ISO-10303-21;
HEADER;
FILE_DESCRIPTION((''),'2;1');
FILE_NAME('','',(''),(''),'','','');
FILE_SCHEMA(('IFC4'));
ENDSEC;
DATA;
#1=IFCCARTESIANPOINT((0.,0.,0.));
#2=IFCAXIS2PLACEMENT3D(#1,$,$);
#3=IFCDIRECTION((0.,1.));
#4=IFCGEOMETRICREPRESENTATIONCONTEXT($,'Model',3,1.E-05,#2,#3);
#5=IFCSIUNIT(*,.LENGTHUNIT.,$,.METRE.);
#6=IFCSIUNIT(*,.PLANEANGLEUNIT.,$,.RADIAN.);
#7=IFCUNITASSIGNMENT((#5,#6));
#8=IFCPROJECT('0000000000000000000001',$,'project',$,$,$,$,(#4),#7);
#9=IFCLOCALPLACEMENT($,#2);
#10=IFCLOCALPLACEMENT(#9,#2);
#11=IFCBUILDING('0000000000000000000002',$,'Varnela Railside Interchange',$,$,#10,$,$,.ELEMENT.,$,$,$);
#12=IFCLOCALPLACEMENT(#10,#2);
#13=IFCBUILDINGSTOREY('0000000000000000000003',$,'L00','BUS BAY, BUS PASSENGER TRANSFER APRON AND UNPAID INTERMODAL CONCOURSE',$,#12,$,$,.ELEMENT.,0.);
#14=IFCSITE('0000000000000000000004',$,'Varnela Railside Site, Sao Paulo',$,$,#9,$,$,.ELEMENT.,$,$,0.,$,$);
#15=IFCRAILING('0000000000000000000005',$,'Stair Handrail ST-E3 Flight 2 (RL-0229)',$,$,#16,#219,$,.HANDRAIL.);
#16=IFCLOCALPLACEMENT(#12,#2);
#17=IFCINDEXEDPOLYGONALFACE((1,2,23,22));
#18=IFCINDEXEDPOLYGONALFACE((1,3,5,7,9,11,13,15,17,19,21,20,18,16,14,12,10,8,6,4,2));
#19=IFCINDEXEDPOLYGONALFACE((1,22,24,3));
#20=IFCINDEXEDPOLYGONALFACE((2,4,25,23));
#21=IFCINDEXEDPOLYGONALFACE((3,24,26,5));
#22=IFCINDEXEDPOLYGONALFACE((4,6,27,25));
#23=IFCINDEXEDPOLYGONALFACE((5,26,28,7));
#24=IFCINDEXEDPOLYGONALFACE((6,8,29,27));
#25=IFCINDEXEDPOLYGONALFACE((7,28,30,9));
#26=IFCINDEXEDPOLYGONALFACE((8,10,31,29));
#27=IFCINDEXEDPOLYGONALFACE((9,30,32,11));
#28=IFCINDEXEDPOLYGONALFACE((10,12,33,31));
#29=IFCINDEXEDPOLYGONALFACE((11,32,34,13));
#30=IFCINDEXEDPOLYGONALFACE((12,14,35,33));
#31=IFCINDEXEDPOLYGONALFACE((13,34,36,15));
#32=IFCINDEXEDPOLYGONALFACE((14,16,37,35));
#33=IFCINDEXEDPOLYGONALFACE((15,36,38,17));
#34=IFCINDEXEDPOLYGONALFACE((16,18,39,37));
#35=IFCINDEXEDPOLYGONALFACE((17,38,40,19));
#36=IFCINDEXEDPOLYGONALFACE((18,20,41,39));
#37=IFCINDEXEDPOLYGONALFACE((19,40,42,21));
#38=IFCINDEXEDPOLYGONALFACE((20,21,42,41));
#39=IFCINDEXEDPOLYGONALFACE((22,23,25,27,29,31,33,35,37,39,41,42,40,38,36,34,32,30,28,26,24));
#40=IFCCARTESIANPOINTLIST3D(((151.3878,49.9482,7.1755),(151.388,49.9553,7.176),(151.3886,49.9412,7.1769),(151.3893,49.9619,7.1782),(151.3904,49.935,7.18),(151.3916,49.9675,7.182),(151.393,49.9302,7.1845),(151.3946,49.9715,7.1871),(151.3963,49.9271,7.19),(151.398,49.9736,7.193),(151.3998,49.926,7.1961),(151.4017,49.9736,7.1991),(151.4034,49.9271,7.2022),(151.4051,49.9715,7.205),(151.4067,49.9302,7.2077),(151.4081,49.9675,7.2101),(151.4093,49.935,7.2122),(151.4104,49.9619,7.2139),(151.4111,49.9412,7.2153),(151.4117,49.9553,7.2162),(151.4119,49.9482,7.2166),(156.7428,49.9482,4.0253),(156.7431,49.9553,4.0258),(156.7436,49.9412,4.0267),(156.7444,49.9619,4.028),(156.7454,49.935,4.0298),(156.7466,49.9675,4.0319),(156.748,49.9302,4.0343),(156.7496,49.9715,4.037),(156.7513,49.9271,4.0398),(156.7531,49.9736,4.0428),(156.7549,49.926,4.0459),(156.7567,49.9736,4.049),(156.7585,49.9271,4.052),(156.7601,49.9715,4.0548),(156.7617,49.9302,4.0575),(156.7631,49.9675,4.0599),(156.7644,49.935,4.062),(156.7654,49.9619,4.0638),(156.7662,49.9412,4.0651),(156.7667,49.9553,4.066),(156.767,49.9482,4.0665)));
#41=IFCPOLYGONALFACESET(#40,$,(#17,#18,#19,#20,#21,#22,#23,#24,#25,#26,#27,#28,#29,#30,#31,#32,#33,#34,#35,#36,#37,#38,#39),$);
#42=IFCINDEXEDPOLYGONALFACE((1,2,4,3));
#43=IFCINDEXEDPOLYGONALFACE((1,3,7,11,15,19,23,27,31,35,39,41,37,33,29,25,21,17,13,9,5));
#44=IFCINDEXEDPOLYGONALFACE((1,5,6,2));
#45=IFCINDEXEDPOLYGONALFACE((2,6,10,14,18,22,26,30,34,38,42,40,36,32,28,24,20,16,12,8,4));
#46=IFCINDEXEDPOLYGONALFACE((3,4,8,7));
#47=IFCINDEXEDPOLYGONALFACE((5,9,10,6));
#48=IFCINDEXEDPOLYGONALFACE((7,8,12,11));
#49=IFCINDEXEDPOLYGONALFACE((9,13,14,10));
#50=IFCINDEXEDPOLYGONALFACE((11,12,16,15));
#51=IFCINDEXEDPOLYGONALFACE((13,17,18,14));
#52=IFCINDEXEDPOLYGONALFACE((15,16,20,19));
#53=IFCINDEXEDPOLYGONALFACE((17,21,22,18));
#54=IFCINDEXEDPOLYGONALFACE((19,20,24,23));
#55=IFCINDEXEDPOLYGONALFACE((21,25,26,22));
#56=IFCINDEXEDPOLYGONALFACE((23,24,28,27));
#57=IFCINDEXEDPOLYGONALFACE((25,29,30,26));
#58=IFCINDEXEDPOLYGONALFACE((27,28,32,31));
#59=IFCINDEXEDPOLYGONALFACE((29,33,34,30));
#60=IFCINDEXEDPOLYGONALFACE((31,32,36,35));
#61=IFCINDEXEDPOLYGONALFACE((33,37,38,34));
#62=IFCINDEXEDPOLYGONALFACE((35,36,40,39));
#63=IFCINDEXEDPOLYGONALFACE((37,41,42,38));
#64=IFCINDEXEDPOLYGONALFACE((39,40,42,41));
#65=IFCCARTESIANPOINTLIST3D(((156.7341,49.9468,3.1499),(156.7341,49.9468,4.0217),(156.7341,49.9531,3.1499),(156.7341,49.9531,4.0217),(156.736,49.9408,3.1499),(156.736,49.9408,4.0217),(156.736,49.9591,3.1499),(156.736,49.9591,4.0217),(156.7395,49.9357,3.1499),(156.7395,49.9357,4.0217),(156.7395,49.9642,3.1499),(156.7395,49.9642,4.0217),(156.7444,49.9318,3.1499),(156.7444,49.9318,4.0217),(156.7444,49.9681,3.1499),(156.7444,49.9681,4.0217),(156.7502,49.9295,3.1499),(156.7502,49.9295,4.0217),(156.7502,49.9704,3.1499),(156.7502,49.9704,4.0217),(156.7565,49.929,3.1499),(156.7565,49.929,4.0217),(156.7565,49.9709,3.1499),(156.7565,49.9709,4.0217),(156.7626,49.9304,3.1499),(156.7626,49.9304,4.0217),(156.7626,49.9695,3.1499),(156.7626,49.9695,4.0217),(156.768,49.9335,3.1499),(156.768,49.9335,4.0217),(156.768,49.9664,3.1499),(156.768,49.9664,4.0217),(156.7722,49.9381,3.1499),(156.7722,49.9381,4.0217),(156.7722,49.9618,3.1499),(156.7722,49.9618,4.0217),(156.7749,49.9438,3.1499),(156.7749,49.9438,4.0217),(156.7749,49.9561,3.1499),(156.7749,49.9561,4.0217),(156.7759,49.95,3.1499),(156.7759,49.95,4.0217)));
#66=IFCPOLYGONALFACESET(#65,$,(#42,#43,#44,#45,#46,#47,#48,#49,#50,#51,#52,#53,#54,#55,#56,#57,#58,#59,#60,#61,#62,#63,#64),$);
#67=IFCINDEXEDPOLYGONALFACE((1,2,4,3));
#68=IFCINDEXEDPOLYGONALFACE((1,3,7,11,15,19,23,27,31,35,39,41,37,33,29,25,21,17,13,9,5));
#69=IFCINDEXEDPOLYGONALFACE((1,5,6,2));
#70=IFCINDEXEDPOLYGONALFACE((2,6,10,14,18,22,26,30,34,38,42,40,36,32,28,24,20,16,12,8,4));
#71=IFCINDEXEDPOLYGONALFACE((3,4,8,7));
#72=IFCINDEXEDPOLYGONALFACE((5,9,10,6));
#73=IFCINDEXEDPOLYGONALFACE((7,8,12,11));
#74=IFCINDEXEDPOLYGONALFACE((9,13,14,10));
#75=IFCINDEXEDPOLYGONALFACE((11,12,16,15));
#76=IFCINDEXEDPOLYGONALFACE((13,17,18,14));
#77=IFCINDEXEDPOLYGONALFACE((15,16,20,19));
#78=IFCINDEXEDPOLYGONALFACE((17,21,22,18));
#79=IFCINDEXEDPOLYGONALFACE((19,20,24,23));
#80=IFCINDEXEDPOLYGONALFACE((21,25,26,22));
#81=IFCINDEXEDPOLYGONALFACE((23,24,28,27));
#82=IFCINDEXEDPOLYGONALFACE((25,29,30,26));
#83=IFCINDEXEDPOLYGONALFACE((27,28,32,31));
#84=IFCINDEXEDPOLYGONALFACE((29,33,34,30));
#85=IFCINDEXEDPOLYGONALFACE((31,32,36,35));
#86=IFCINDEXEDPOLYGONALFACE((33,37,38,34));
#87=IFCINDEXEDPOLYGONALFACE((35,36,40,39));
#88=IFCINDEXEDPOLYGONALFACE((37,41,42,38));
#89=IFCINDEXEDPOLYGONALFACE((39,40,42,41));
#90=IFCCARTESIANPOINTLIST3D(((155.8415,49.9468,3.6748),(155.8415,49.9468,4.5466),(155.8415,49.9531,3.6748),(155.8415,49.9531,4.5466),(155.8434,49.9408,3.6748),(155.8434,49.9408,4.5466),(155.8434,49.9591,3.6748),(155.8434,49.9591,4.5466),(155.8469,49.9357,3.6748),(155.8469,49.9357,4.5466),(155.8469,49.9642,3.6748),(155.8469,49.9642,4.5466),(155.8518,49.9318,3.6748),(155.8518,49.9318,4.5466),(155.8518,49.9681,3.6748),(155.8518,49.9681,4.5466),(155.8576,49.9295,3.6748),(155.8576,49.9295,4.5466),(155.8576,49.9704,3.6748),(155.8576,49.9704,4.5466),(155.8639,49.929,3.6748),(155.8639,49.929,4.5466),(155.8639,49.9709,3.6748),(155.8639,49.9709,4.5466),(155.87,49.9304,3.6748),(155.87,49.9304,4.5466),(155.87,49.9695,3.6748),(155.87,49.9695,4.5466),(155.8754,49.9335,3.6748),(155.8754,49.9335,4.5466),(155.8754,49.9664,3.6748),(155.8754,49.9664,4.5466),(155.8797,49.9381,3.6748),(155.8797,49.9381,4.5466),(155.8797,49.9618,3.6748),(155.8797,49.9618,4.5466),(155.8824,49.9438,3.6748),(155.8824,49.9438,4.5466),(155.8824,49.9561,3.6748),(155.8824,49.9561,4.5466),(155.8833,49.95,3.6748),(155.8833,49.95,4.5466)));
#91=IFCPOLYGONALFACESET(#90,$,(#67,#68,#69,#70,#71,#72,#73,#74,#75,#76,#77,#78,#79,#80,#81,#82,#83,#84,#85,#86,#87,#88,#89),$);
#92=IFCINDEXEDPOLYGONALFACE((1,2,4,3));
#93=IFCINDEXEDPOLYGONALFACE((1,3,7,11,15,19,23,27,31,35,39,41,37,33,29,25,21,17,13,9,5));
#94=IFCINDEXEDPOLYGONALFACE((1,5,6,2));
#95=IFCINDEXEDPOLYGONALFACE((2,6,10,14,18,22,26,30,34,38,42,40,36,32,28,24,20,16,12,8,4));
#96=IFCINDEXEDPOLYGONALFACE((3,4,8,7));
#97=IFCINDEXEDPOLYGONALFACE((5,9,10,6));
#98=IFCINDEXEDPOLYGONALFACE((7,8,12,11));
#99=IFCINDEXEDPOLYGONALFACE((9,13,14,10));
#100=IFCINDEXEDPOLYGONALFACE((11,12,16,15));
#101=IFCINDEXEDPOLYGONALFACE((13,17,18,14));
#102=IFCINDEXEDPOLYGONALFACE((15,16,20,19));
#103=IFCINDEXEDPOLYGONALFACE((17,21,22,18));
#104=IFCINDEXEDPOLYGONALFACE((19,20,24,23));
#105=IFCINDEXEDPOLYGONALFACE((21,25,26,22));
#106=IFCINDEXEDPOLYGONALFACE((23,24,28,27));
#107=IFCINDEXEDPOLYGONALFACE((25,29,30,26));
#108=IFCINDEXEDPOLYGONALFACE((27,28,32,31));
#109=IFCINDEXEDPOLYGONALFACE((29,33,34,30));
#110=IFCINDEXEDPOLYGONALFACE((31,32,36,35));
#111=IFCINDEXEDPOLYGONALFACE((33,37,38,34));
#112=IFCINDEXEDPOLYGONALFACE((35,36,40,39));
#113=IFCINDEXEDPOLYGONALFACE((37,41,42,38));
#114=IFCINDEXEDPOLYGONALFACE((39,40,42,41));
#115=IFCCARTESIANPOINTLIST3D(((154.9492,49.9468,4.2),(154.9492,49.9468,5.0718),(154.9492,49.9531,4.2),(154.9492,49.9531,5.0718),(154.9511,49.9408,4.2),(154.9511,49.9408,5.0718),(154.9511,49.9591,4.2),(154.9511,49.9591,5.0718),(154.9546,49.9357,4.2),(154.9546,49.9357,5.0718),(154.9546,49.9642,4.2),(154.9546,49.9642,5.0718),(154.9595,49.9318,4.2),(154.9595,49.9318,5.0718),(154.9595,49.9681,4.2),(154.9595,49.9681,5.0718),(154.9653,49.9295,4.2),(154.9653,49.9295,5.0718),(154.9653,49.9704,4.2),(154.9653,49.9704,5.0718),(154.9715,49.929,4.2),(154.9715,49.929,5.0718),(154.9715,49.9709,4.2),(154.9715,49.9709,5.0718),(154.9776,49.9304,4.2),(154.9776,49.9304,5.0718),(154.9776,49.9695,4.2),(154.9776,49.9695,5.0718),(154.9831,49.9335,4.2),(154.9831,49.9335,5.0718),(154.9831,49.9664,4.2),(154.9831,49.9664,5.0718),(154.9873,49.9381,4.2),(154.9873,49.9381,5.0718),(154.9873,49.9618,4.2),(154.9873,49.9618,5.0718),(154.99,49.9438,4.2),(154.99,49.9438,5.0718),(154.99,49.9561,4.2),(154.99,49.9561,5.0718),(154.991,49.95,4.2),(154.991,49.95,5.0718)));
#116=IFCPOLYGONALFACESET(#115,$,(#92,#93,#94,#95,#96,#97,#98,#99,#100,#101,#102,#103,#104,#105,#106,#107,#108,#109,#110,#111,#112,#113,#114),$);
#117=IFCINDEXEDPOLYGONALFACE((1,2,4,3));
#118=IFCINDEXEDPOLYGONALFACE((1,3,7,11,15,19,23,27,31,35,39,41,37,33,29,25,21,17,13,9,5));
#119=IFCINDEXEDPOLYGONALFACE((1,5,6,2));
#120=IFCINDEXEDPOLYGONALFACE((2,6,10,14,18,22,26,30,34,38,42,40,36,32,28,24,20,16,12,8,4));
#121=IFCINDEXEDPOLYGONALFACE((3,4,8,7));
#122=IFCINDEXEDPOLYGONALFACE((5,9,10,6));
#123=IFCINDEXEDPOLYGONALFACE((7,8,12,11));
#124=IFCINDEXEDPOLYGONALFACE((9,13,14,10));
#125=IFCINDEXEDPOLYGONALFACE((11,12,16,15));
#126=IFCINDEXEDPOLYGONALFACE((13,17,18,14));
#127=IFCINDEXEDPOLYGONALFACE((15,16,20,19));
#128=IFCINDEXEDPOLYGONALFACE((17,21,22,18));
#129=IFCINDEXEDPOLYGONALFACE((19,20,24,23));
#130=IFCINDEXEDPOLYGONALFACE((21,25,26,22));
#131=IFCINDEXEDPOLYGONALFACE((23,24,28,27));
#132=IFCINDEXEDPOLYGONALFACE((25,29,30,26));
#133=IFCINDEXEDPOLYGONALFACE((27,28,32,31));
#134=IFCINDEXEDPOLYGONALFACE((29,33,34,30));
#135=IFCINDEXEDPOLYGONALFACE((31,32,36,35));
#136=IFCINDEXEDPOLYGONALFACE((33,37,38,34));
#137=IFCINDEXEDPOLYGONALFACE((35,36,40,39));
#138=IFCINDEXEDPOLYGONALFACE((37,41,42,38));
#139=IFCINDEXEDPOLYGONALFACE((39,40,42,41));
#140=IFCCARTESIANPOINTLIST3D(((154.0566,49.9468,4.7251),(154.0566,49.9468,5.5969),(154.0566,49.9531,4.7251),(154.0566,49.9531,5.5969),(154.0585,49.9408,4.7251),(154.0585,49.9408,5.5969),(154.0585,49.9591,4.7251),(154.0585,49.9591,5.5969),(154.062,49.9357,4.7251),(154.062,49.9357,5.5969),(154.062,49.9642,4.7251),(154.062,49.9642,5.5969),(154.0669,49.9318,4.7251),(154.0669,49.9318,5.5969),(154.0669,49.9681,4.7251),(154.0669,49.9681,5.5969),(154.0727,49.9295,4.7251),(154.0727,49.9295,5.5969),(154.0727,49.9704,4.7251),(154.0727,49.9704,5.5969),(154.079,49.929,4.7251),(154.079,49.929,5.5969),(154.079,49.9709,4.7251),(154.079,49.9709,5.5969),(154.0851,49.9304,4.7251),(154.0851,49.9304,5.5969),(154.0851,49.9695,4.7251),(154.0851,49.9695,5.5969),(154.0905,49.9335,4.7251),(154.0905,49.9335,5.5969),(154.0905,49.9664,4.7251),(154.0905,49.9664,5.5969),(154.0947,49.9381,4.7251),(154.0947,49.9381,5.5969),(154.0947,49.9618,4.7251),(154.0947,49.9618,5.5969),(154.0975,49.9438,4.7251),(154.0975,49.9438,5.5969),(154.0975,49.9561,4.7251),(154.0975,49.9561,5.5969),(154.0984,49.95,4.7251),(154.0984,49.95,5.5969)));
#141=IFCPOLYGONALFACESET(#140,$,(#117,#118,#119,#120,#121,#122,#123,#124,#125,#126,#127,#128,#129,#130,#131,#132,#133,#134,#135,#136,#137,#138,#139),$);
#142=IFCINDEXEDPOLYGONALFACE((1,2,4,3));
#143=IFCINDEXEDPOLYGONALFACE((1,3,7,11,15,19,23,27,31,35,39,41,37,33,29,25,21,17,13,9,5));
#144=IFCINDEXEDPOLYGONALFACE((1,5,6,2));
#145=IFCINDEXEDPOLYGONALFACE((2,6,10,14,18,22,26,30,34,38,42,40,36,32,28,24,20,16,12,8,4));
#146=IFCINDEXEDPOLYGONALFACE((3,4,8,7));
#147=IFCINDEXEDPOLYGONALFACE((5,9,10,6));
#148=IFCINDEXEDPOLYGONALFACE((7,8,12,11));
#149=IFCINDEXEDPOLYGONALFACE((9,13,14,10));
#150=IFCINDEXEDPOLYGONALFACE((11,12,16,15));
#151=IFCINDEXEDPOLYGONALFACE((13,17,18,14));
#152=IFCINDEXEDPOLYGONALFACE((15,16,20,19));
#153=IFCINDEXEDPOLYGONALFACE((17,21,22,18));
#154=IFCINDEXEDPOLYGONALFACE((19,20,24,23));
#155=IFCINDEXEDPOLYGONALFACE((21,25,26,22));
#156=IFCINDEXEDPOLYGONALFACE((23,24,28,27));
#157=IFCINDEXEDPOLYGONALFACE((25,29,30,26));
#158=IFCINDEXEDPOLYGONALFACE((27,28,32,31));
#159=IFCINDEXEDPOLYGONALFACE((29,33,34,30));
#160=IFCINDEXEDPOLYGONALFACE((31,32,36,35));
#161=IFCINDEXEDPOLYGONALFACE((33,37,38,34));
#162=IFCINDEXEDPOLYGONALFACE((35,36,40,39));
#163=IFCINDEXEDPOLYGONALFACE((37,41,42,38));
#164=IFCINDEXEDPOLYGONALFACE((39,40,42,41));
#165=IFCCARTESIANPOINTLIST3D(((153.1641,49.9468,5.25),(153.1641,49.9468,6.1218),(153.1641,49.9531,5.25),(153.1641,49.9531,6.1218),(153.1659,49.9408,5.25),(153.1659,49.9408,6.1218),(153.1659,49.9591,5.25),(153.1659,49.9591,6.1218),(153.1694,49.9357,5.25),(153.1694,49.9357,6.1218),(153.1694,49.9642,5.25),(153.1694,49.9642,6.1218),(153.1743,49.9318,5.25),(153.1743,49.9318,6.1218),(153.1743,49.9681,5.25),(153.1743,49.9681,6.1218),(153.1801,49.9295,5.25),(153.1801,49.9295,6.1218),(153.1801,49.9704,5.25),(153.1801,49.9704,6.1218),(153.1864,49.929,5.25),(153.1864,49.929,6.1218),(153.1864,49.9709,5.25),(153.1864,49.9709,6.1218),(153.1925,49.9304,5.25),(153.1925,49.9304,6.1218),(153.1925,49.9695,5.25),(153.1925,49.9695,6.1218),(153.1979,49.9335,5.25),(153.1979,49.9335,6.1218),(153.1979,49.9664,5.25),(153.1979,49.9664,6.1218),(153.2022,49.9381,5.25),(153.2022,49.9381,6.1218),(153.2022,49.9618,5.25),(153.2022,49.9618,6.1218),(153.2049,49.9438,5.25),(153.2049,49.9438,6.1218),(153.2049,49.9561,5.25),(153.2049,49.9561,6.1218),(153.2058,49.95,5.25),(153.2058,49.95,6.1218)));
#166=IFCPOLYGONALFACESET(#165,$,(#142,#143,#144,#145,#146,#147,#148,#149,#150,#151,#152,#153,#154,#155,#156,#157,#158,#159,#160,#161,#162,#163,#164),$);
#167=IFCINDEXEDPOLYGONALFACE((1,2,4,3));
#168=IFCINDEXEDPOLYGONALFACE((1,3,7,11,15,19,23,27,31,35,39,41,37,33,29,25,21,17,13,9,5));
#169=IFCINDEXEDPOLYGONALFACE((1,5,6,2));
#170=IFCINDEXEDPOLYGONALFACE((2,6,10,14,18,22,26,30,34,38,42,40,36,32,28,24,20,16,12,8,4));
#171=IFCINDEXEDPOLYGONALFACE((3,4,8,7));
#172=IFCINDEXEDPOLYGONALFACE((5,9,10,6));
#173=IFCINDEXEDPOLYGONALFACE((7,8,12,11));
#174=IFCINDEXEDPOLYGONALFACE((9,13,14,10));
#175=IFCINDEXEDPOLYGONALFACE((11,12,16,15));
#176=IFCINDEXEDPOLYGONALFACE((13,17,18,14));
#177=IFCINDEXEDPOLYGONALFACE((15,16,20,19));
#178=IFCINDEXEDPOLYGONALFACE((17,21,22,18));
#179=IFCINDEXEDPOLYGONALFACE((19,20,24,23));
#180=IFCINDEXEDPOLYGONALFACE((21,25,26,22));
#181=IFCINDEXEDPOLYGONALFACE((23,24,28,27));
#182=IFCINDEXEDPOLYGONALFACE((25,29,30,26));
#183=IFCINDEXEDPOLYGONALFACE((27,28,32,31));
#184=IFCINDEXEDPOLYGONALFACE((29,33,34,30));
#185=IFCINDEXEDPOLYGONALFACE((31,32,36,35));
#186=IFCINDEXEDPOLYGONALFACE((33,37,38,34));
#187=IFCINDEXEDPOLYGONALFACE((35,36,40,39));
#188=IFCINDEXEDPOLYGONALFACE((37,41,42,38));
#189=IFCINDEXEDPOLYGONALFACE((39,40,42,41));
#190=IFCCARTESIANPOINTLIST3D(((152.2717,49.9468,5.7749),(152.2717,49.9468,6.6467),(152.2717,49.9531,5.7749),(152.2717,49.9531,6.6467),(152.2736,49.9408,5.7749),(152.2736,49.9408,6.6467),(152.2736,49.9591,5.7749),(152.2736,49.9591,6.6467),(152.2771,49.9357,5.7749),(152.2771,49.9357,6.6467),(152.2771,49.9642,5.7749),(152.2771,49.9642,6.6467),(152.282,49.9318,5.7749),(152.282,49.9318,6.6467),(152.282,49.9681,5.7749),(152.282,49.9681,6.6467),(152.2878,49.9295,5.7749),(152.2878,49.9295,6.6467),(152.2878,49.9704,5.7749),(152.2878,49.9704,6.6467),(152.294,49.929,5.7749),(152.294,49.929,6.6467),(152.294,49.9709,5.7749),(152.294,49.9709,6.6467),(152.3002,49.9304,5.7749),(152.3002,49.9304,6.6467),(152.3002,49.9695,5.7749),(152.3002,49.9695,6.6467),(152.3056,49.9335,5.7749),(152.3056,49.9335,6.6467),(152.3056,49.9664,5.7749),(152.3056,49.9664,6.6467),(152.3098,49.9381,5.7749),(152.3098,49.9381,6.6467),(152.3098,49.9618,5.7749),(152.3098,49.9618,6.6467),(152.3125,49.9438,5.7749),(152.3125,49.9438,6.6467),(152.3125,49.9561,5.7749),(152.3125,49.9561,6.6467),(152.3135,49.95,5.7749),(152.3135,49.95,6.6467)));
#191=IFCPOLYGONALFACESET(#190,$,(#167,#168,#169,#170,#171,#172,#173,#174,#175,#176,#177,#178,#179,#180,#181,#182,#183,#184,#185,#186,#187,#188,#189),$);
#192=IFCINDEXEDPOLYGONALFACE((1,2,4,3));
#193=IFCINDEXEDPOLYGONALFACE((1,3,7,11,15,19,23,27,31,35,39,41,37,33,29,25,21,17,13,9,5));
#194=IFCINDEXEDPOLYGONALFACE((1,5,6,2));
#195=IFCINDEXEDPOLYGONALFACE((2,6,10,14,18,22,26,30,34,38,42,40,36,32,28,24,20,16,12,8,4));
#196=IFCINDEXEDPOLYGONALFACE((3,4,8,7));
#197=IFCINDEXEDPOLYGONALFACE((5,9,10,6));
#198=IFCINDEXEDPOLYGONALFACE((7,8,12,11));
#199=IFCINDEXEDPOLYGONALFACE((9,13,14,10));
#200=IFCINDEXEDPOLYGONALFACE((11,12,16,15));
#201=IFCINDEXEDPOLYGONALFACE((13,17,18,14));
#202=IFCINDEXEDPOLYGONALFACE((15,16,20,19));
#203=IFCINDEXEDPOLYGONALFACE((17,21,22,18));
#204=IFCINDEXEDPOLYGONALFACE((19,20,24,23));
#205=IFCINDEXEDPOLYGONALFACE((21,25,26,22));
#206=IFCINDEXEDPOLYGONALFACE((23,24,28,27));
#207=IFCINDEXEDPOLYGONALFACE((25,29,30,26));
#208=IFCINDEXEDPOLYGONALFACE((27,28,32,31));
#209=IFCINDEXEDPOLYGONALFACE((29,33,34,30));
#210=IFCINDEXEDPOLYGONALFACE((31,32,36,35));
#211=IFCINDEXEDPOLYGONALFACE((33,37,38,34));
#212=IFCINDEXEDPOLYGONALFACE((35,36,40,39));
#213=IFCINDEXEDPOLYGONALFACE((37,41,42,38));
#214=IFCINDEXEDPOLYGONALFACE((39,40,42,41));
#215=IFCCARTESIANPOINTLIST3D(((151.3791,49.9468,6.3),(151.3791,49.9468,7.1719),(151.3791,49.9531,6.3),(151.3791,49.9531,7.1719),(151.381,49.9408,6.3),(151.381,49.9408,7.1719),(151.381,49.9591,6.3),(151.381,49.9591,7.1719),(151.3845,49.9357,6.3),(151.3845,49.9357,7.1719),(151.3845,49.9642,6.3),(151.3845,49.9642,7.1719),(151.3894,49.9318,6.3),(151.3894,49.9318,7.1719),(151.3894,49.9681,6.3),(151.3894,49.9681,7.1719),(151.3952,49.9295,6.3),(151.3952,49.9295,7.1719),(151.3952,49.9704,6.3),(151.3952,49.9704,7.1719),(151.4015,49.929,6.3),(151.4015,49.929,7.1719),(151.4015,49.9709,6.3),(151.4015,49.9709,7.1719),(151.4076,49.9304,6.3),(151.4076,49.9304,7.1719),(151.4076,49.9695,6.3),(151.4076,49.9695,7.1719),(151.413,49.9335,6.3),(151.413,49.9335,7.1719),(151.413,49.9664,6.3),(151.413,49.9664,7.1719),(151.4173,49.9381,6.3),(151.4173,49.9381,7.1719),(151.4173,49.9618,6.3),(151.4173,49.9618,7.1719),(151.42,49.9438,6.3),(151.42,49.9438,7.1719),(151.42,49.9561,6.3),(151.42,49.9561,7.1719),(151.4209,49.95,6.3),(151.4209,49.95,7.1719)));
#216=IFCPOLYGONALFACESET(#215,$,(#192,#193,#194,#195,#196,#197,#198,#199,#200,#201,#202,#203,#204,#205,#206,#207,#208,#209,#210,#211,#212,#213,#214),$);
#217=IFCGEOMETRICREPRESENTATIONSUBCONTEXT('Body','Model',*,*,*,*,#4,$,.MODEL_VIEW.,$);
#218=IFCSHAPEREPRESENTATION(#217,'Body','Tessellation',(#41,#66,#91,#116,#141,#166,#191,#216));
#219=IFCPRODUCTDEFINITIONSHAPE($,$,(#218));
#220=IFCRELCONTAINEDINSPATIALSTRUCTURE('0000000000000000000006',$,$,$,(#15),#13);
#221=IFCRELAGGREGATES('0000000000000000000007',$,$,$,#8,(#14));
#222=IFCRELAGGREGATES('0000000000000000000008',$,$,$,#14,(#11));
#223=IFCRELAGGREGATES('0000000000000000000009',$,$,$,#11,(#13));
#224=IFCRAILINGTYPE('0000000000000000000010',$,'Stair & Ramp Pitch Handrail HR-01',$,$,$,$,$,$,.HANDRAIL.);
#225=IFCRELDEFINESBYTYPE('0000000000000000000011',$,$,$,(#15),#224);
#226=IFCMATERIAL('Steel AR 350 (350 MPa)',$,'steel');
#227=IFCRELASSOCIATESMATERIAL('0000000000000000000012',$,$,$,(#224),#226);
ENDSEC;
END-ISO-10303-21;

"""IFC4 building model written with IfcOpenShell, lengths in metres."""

from ifc_helpers import new_model, si_unit, direction, frame, origin, origin_2d, place, context, subcontext, project, spatial, circle, extrude, material, type_object, element, save


model = new_model("IFC4")

# Units and contexts
model_context = context("Model", 3, precision=1e-05, world=origin(), true_north=direction((0.0, 1.0)))
body_context = subcontext(model_context, "Body", "Model", "MODEL_VIEW")
ifc_project = project(units=[si_unit("LENGTHUNIT", "METRE"), si_unit("PLANEANGLEUNIT", "RADIAN")], contexts=[model_context])

# Site, building, storey
site_placement = place(None, origin())
site = spatial("IfcSite", under=ifc_project, at=site_placement, Name="Varnela Railside Site, Sao Paulo", CompositionType="ELEMENT", RefElevation=0.0)
building_placement = place(site_placement, origin())
building = spatial("IfcBuilding", under=site, at=building_placement, Name="Varnela Railside Interchange", CompositionType="ELEMENT")
storey_placement = place(building_placement, origin())
storey = spatial("IfcBuildingStorey", under=building, at=storey_placement, Name="L00", Description="BUS BAY, BUS PASSENGER TRANSFER APRON AND UNPAID INTERMODAL CONCOURSE", CompositionType="ELEMENT", Elevation=0.0)

# Shared definitions
ifc_material_1 = material(Name="Steel AR 350 (350 MPa)", Category="steel")

# Railing
railing_type_1 = type_object("IfcRailingType", Name="Stair & Ramp Pitch Handrail HR-01", PredefinedType="HANDRAIL", material=ifc_material_1)
railing_1_placement = place(storey_placement, frame((156.7549, 49.95, 3.1499)))
element("IfcRailing", 1, at=railing_1_placement, inside=storey, type_object=railing_type_1, Name="Stair Handrail ST-E3 Flight 2 (RL-0229)", PredefinedType="HANDRAIL", context=body_context, shape_type="SweptSolid", body=[
    extrude(circle(Radius=0.0239, at=origin_2d()), frame((0.0, 0.0, 0.896), z_axis=(-0.861923, 0.0, 0.507039), x_axis=(0.0, -1.0, 0.0)), (0.0, 0.0, 1.0), 6.2129),
    extrude(circle(Radius=0.021, at=origin_2d()), origin(), (0.0, 0.0, 1.0), 0.8718),
    extrude(circle(Radius=0.021, at=origin_2d()), frame((-0.8926, 0.0, 0.5249)), (0.0, 0.0, 1.0), 0.8718),
    extrude(circle(Radius=0.021, at=origin_2d()), frame((-1.7849, 0.0, 1.05)), (0.0, 0.0, 1.0), 0.8718),
    extrude(circle(Radius=0.021, at=origin_2d()), frame((-2.6775, 0.0, 1.5752)), (0.0, 0.0, 1.0), 0.8718),
    extrude(circle(Radius=0.021, at=origin_2d()), frame((-3.5701, 0.0, 2.1001)), (0.0, 0.0, 1.0), 0.8718),
    extrude(circle(Radius=0.021, at=origin_2d()), frame((-4.4624, 0.0, 2.625)), (0.0, 0.0, 1.0), 0.8718),
    extrude(circle(Radius=0.021, at=origin_2d()), frame((-5.355, 0.0, 3.1501)), (0.0, 0.0, 1.0), 0.8718),
])

save(model, "model.ifc")
